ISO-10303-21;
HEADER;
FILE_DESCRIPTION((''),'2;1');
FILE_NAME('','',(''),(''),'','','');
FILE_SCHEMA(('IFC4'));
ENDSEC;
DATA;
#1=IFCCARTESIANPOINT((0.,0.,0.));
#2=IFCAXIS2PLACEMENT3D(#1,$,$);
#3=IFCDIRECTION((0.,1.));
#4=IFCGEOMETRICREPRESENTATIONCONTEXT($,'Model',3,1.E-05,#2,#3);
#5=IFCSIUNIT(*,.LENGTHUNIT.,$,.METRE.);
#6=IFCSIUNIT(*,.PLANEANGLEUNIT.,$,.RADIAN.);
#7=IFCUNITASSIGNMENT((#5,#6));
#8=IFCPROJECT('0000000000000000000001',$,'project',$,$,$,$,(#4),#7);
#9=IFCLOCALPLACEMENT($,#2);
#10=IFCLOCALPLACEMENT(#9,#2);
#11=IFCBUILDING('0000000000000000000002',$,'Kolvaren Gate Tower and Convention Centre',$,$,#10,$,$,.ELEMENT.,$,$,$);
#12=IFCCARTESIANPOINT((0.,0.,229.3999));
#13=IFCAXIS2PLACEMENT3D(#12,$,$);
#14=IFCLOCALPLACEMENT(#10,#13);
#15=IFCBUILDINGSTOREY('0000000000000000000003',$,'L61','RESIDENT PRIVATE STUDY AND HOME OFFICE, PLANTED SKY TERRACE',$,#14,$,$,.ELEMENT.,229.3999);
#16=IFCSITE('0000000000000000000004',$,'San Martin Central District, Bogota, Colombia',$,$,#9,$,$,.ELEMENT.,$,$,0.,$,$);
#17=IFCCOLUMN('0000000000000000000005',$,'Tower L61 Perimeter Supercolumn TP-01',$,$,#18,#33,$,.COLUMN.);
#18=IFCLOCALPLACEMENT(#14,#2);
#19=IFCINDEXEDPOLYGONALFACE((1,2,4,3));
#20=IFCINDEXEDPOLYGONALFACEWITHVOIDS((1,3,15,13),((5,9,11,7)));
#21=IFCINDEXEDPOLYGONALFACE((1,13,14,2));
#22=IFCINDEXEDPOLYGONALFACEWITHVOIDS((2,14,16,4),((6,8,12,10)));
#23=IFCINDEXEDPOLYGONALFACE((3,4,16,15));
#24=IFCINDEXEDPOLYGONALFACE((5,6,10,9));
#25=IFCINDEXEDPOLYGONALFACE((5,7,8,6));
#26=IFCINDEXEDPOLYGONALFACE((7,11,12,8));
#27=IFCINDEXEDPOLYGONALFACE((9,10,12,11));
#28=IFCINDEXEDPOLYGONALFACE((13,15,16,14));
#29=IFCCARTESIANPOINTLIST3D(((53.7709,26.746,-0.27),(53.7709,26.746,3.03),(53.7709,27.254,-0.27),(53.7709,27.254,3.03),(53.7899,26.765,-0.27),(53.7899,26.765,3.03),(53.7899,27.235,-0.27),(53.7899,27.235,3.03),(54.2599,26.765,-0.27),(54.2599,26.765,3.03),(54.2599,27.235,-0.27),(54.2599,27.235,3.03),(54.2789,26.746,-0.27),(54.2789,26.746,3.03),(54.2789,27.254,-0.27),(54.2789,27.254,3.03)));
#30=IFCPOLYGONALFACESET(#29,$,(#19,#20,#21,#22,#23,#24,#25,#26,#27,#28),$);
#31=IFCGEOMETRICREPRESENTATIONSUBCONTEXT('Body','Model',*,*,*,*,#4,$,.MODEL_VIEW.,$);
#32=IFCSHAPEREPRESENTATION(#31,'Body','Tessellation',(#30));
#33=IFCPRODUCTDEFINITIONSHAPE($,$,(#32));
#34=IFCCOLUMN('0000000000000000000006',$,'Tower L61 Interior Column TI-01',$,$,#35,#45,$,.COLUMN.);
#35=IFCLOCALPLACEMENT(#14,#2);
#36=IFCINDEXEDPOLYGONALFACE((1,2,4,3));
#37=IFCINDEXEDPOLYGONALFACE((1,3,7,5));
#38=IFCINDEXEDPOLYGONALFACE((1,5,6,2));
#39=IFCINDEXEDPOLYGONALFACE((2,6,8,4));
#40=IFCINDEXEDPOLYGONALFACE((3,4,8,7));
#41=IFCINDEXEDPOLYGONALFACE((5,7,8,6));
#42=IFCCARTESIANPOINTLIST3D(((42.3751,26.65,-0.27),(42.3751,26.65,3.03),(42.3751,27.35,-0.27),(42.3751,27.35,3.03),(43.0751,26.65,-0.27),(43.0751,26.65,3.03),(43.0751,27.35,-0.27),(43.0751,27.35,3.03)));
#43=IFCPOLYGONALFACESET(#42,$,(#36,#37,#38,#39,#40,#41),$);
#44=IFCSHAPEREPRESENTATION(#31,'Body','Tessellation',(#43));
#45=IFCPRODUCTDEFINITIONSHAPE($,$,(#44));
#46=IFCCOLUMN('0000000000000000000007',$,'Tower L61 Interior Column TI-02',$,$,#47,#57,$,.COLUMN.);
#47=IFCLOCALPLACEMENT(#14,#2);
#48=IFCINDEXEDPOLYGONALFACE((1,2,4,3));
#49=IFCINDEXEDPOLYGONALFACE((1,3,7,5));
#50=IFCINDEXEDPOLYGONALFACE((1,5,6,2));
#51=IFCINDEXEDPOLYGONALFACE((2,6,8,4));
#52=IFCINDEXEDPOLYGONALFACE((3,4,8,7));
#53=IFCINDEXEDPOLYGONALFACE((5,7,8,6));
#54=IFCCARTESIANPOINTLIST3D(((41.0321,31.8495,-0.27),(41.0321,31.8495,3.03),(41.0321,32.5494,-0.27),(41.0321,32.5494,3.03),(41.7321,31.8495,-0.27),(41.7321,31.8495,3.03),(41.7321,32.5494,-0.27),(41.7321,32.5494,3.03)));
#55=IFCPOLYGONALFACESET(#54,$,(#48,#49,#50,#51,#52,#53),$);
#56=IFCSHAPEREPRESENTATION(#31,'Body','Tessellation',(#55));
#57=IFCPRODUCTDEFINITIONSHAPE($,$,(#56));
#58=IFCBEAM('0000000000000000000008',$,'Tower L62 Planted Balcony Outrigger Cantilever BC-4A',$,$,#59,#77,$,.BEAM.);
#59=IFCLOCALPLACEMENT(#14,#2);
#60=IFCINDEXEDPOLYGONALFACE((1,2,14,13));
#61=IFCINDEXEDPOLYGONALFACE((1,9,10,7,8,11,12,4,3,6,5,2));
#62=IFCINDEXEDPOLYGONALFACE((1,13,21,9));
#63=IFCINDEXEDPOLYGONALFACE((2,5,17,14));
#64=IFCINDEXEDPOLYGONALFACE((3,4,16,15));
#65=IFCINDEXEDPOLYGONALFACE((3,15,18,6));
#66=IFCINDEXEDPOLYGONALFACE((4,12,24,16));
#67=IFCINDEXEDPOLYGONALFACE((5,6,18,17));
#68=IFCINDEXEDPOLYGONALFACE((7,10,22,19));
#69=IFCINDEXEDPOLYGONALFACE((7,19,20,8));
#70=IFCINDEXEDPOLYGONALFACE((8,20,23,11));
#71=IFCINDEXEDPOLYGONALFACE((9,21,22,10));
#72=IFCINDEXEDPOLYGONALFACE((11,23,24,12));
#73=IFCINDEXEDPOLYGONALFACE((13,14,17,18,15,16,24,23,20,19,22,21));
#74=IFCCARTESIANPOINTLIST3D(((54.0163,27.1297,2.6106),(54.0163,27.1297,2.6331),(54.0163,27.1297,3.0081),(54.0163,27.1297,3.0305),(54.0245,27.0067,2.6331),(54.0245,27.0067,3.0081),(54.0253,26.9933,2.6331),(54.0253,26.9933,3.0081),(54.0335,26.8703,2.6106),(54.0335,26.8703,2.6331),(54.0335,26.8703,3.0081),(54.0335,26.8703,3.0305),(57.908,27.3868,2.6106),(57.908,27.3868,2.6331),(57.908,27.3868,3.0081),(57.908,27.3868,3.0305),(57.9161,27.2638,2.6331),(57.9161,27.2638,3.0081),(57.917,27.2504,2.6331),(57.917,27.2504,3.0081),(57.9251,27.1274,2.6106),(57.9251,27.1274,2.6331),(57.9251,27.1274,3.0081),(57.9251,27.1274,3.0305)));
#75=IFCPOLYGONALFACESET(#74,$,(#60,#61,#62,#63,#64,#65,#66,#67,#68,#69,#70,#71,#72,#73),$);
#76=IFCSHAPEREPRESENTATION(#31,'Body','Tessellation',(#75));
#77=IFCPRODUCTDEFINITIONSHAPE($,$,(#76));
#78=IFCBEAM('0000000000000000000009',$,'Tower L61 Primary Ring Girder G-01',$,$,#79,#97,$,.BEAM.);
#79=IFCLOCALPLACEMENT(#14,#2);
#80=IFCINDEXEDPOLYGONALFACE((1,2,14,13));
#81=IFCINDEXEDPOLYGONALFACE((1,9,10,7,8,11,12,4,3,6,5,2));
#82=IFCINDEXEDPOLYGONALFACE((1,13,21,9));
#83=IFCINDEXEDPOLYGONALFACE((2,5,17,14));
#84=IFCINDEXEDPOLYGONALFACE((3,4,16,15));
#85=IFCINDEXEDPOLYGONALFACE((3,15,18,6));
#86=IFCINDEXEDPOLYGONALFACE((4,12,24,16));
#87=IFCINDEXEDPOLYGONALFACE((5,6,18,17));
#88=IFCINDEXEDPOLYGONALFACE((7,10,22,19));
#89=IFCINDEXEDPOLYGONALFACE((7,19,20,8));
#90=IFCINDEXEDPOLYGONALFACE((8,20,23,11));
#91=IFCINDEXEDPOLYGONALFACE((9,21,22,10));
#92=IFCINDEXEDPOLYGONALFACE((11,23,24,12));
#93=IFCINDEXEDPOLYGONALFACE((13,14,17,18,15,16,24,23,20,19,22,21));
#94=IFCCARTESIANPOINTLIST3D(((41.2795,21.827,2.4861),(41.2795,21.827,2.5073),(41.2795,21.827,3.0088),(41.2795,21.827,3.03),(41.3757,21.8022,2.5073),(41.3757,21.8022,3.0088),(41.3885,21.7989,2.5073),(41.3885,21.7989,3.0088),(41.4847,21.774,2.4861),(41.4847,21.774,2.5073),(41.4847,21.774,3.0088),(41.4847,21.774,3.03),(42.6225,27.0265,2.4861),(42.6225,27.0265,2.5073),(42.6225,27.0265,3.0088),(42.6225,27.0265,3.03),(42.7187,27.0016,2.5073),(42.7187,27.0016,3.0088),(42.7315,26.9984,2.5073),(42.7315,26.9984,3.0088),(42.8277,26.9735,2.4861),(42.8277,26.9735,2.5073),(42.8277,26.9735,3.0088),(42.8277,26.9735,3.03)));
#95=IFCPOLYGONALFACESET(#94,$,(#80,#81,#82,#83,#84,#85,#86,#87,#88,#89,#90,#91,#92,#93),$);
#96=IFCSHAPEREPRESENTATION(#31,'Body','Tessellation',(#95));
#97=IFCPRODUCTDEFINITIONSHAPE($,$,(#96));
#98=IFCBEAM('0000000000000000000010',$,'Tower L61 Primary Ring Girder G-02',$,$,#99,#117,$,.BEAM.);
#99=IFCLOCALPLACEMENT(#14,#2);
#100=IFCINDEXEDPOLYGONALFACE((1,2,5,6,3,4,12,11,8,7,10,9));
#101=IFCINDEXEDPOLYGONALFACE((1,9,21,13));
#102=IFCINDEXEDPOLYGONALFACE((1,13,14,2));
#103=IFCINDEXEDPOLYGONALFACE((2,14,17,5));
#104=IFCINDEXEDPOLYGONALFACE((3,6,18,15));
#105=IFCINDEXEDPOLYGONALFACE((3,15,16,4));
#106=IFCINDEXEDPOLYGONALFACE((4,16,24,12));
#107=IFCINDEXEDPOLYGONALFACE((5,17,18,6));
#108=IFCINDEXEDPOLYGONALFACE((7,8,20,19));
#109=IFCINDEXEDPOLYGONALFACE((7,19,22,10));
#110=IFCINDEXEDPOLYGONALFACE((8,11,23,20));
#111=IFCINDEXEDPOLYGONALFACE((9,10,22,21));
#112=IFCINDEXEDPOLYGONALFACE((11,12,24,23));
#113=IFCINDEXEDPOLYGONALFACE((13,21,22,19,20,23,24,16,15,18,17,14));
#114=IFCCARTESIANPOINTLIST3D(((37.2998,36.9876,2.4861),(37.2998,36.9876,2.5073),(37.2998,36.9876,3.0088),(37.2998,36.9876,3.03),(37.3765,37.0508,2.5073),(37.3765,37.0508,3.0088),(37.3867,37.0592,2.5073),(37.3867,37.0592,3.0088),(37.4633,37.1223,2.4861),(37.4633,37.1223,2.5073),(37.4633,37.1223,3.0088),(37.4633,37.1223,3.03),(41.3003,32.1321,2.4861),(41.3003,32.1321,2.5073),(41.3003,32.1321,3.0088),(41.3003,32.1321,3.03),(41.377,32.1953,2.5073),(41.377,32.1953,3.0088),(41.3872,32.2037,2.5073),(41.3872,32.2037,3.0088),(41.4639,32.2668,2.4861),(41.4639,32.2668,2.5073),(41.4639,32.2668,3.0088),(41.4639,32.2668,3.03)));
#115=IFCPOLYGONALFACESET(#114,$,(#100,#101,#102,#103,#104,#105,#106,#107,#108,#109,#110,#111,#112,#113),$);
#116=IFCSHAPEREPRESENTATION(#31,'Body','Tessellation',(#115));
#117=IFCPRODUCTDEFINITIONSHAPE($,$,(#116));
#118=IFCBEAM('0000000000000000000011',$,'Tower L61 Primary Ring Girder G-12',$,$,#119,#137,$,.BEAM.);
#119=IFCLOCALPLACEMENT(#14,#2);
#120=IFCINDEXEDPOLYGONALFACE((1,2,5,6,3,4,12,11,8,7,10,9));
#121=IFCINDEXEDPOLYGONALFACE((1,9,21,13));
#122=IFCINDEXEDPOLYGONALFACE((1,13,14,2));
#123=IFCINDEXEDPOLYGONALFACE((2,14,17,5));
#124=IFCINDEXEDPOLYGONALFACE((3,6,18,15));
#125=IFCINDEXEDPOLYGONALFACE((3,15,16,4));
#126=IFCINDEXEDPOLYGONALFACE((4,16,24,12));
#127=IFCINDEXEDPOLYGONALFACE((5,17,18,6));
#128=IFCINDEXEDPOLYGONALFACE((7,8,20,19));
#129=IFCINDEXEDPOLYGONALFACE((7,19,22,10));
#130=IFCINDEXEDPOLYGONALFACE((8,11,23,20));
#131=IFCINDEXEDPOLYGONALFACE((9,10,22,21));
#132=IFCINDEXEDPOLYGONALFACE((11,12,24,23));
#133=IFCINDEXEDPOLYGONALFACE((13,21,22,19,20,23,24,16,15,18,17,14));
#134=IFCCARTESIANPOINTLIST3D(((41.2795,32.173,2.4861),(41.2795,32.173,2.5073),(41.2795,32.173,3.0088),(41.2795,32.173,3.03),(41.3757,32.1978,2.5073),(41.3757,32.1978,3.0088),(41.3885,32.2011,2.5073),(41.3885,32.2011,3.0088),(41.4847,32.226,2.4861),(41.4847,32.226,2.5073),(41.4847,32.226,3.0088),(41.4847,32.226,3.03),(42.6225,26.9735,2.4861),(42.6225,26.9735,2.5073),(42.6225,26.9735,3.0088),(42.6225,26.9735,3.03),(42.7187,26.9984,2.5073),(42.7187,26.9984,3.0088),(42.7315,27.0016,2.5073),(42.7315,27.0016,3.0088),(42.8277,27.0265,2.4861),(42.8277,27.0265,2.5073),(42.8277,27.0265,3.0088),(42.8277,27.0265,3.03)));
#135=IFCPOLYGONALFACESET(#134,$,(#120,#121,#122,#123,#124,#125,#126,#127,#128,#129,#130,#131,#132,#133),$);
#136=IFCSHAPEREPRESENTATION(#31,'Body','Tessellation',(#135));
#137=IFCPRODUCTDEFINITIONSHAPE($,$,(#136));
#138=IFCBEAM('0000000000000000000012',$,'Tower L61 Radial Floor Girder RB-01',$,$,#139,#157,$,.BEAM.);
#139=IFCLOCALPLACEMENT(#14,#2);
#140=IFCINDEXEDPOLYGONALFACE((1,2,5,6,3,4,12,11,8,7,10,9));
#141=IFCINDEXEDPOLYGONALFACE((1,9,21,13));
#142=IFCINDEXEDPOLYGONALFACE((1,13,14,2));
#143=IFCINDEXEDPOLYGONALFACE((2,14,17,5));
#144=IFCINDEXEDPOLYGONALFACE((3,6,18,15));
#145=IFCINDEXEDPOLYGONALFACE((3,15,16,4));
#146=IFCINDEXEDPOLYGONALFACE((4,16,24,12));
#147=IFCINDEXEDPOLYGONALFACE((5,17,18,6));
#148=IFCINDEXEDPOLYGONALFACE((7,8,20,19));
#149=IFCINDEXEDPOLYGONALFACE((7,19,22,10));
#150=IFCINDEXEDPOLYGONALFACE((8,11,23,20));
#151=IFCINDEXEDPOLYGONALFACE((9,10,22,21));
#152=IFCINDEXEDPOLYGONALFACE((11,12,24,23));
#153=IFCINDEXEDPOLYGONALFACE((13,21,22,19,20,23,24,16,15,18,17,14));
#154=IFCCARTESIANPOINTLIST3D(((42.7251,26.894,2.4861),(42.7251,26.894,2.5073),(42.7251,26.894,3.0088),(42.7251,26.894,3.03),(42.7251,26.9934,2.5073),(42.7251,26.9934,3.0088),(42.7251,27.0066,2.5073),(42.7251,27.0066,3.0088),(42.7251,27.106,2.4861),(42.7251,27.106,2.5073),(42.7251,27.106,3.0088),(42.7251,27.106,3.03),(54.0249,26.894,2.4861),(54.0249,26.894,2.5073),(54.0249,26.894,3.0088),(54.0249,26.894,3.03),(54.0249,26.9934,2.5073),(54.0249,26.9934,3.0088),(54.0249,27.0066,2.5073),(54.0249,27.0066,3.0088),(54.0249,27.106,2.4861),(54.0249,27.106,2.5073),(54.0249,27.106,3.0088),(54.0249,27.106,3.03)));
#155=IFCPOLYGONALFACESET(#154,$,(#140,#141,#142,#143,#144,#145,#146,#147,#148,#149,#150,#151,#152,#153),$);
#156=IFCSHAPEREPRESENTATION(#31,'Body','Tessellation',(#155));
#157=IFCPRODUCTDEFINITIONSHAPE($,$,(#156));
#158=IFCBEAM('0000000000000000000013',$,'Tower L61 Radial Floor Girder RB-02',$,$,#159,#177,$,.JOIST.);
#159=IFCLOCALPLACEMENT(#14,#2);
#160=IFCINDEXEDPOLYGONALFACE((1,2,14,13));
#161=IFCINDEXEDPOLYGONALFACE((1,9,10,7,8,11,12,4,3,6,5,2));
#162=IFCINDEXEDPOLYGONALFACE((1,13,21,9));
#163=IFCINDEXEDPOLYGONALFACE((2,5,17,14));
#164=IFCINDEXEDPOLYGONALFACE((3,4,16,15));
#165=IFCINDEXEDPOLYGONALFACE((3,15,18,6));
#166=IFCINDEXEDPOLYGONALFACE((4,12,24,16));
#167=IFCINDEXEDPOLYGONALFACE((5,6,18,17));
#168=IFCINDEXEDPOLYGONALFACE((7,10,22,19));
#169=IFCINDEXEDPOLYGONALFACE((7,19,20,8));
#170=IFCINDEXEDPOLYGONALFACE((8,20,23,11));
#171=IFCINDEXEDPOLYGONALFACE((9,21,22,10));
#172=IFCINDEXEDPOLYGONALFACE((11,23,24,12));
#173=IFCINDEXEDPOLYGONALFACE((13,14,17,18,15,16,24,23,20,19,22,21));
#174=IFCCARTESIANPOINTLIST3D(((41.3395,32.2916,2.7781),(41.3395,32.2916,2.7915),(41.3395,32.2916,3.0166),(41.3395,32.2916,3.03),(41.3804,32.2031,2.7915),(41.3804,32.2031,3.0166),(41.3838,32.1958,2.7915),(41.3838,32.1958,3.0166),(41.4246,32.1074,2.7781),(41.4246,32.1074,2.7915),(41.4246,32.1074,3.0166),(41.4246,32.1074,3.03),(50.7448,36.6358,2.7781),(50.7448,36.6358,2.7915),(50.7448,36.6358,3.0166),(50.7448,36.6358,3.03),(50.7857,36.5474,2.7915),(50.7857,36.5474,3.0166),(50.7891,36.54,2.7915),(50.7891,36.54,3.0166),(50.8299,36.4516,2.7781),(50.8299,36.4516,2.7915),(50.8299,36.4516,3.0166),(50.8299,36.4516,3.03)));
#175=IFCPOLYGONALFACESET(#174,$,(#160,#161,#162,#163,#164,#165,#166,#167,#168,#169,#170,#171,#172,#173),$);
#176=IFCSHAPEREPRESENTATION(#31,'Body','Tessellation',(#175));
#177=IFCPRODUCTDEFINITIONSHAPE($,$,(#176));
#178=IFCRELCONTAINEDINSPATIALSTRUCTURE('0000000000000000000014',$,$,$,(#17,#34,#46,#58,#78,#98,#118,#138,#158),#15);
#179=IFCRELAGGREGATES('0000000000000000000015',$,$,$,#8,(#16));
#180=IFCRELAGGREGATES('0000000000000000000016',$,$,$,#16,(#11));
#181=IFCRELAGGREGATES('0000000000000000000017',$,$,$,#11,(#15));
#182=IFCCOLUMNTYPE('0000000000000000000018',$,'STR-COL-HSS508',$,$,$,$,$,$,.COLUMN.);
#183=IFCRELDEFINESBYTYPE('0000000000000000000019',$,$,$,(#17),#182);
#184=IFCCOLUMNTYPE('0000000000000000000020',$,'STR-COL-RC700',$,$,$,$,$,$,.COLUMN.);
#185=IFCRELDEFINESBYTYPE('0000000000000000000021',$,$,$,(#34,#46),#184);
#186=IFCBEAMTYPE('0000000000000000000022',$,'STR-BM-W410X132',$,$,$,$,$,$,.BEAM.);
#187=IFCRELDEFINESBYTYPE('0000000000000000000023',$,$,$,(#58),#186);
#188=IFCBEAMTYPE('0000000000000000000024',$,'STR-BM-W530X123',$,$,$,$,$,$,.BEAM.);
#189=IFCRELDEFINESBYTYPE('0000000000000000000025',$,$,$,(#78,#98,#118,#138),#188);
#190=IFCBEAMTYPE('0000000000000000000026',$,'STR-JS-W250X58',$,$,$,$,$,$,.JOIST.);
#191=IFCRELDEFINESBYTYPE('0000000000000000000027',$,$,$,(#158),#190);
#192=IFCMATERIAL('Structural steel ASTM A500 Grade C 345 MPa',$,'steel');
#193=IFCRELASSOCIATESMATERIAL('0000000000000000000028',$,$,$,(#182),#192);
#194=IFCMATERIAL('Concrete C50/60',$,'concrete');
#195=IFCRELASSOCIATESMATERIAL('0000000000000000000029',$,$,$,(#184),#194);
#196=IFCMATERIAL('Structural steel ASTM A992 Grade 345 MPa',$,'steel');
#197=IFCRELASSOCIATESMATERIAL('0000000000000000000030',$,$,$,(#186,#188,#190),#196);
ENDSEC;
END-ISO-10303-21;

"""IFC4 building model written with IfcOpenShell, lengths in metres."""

from ifc_helpers import new_model, si_unit, direction, frame, origin, origin_2d, place, context, subcontext, project, spatial, rectangle, hollow_rectangle, i_section, extrude, material, material_profile, profile_set, type_object, element, save


model = new_model("IFC4")

# Units and contexts
model_context = context("Model", 3, precision=1e-05, world=origin(), true_north=direction((0.0, 1.0)))
body_context = subcontext(model_context, "Body", "Model", "MODEL_VIEW")
ifc_project = project(units=[si_unit("LENGTHUNIT", "METRE"), si_unit("PLANEANGLEUNIT", "RADIAN")], contexts=[model_context])

# Site, building, storey
site_placement = place(None, origin())
site = spatial("IfcSite", under=ifc_project, at=site_placement, Name="San Martin Central District, Bogota, Colombia", CompositionType="ELEMENT", RefElevation=0.0)
building_placement = place(site_placement, origin())
building = spatial("IfcBuilding", under=site, at=building_placement, Name="Kolvaren Gate Tower and Convention Centre", CompositionType="ELEMENT")
storey_placement = place(building_placement, frame((0.0, 0.0, 229.3999)))
storey = spatial("IfcBuildingStorey", under=building, at=storey_placement, Name="L61", Description="RESIDENT PRIVATE STUDY AND HOME OFFICE, PLANTED SKY TERRACE", CompositionType="ELEMENT", Elevation=229.3999)

# Columns
ifc_material_1 = material(Name="Structural steel ASTM A500 Grade C 345 MPa", Category="steel")
ifc_material_profile_1 = material_profile(ifc_material_1, hollow_rectangle(XDim=0.5081, YDim=0.5081, WallThickness=0.019, at=origin_2d()), Name="HSS508X508X19.1")
ifc_profile_set_1 = profile_set([ifc_material_profile_1], Name="Structural steel ASTM A500 Grade C 345 MPa")
column_type_1 = type_object("IfcColumnType", Name="STR-COL-HSS508", PredefinedType="COLUMN", material=ifc_profile_set_1)
column_placement = place(storey_placement, frame((54.0249, 27.0, -0.27), z_axis=(0.0, 0.0, 1.0), x_axis=(1.0, 0.0, 0.0)))
element("IfcColumn", 1, at=column_placement, inside=storey, type_object=column_type_1, Name="Tower L61 Perimeter Supercolumn TP-01", PredefinedType="COLUMN", context=body_context, shape_type="SweptSolid", body=[
    extrude(hollow_rectangle(XDim=0.5081, YDim=0.5081, WallThickness=0.019, at=origin_2d()), origin(), (0.0, 0.0, 1.0), 3.3),
])
ifc_material_2 = material(Name="Concrete C50/60", Category="concrete")
ifc_material_profile_2 = material_profile(ifc_material_2, rectangle(XDim=0.7, YDim=0.7, at=origin_2d()), Name="RC-COL-700X700")
ifc_profile_set_2 = profile_set([ifc_material_profile_2], Name="Concrete C50/60")
column_type_2 = type_object("IfcColumnType", Name="STR-COL-RC700", PredefinedType="COLUMN", material=ifc_profile_set_2)
for number, where, z_axis, x_axis, name in (
    (2, (42.7251, 27.0, -0.27), (0.0, 0.0, 1.0), (1.0, 0.0, 0.0), "Tower L61 Interior Column TI-01"),
    (3, (41.3821, 32.1995, -0.27), (0.0, 0.0, 1.0), (1.0, 0.0, 0.0), "Tower L61 Interior Column TI-02"),
):
    element("IfcColumn", number, at=place(storey_placement, frame(where, z_axis=z_axis, x_axis=x_axis)), inside=storey, type_object=column_type_2, Name=name, PredefinedType="COLUMN", context=body_context, shape_type="SweptSolid", body=[
        extrude(rectangle(XDim=0.7, YDim=0.7, at=origin_2d()), origin(), (0.0, 0.0, 1.0), 3.3),
    ])

# Beams
ifc_material_3 = material(Name="Structural steel ASTM A992 Grade 345 MPa", Category="steel")
ifc_material_profile_3 = material_profile(ifc_material_3, i_section(OverallWidth=0.26, OverallDepth=0.4199, WebThickness=0.0134, FlangeThickness=0.0225, at=origin_2d()), Name="W410X132")
ifc_profile_set_3 = profile_set([ifc_material_profile_3], Name="Structural steel ASTM A992 Grade 345 MPa")
beam_type_1 = type_object("IfcBeamType", Name="STR-BM-W410X132", PredefinedType="BEAM", material=ifc_profile_set_3)
beam_1_placement = place(storey_placement, frame((54.0249, 27.0, 2.8206), z_axis=(0.997825, 0.065917, 0.0), x_axis=(-0.065917, 0.997825, 0.0)))
element("IfcBeam", 4, at=beam_1_placement, inside=storey, type_object=beam_type_1, Name="Tower L62 Planted Balcony Outrigger Cantilever BC-4A", PredefinedType="BEAM", context=body_context, shape_type="SweptSolid", body=[
    extrude(i_section(OverallWidth=0.26, OverallDepth=0.4199, WebThickness=0.0134, FlangeThickness=0.0225, at=origin_2d()), origin(), (0.0, 0.0, 1.0), 3.9001),
])
ifc_material_profile_4 = material_profile(ifc_material_3, i_section(OverallWidth=0.2119, OverallDepth=0.5439, WebThickness=0.0132, FlangeThickness=0.0212, at=origin_2d()), Name="W530X123")
ifc_profile_set_4 = profile_set([ifc_material_profile_4], Name="Structural steel ASTM A992 Grade 345 MPa")
beam_type_2 = type_object("IfcBeamType", Name="STR-BM-W530X123", PredefinedType="BEAM", material=ifc_profile_set_4)
beam_2_placement = place(storey_placement, frame((42.7251, 27.0, 2.7581), z_axis=(-0.250091, -0.968222, 0.0), x_axis=(0.968222, -0.250091, 0.0)))
element("IfcBeam", 5, at=beam_2_placement, inside=storey, type_object=beam_type_2, Name="Tower L61 Primary Ring Girder G-01", PredefinedType="BEAM", context=body_context, shape_type="SweptSolid", body=[
    extrude(i_section(OverallWidth=0.2119, OverallDepth=0.5439, WebThickness=0.0132, FlangeThickness=0.0212, at=origin_2d()), origin(), (0.0, 0.0, 1.0), 5.3701),
])
beam_3_placement = place(storey_placement, frame((41.3821, 32.1995, 2.7581), z_axis=(-0.635884, 0.771785, 0.0), x_axis=(-0.771785, -0.635884, 0.0)))
element("IfcBeam", 6, at=beam_3_placement, inside=storey, type_object=beam_type_2, Name="Tower L61 Primary Ring Girder G-02", PredefinedType="BEAM", context=body_context, shape_type="SweptSolid", body=[
    extrude(i_section(OverallWidth=0.2119, OverallDepth=0.5439, WebThickness=0.0132, FlangeThickness=0.0212, at=origin_2d()), origin(), (0.0, 0.0, 1.0), 6.2913),
])
beam_4_placement = place(storey_placement, frame((42.7251, 27.0, 2.7581), z_axis=(-0.250091, 0.968222, 0.0), x_axis=(-0.968222, -0.250091, 0.0)))
element("IfcBeam", 7, at=beam_4_placement, inside=storey, type_object=beam_type_2, Name="Tower L61 Primary Ring Girder G-12", PredefinedType="BEAM", context=body_context, shape_type="SweptSolid", body=[
    extrude(i_section(OverallWidth=0.2119, OverallDepth=0.5439, WebThickness=0.0132, FlangeThickness=0.0212, at=origin_2d()), origin(), (0.0, 0.0, 1.0), 5.3701),
])
beam_5_placement = place(storey_placement, frame((42.7251, 27.0, 2.7581), z_axis=(1.0, 0.0, 0.0), x_axis=(0.0, 1.0, 0.0)))
element("IfcBeam", 8, at=beam_5_placement, inside=storey, type_object=beam_type_2, Name="Tower L61 Radial Floor Girder RB-01", PredefinedType="BEAM", context=body_context, shape_type="SweptSolid", body=[
    extrude(i_section(OverallWidth=0.2119, OverallDepth=0.5439, WebThickness=0.0132, FlangeThickness=0.0212, at=origin_2d()), origin(), (0.0, 0.0, 1.0), 11.2998),
])
ifc_material_profile_5 = material_profile(ifc_material_3, i_section(OverallWidth=0.2029, OverallDepth=0.252, WebThickness=0.0081, FlangeThickness=0.0134, at=origin_2d()), Name="W250X58")
ifc_profile_set_5 = profile_set([ifc_material_profile_5], Name="Structural steel ASTM A992 Grade 345 MPa")
beam_type_3 = type_object("IfcBeamType", Name="STR-JS-W250X58", PredefinedType="JOIST", material=ifc_profile_set_5)
beam_6_placement = place(storey_placement, frame((41.3821, 32.1995, 2.9041), z_axis=(0.907837, 0.419324, 0.0), x_axis=(-0.419324, 0.907837, 0.0)))
element("IfcBeam", 9, at=beam_6_placement, inside=storey, type_object=beam_type_3, Name="Tower L61 Radial Floor Girder RB-02", PredefinedType="JOIST", context=body_context, shape_type="SweptSolid", body=[
    extrude(i_section(OverallWidth=0.2029, OverallDepth=0.252, WebThickness=0.0081, FlangeThickness=0.0134, at=origin_2d()), origin(), (0.0, 0.0, 1.0), 10.3601),
])

save(model, "model.ifc")
